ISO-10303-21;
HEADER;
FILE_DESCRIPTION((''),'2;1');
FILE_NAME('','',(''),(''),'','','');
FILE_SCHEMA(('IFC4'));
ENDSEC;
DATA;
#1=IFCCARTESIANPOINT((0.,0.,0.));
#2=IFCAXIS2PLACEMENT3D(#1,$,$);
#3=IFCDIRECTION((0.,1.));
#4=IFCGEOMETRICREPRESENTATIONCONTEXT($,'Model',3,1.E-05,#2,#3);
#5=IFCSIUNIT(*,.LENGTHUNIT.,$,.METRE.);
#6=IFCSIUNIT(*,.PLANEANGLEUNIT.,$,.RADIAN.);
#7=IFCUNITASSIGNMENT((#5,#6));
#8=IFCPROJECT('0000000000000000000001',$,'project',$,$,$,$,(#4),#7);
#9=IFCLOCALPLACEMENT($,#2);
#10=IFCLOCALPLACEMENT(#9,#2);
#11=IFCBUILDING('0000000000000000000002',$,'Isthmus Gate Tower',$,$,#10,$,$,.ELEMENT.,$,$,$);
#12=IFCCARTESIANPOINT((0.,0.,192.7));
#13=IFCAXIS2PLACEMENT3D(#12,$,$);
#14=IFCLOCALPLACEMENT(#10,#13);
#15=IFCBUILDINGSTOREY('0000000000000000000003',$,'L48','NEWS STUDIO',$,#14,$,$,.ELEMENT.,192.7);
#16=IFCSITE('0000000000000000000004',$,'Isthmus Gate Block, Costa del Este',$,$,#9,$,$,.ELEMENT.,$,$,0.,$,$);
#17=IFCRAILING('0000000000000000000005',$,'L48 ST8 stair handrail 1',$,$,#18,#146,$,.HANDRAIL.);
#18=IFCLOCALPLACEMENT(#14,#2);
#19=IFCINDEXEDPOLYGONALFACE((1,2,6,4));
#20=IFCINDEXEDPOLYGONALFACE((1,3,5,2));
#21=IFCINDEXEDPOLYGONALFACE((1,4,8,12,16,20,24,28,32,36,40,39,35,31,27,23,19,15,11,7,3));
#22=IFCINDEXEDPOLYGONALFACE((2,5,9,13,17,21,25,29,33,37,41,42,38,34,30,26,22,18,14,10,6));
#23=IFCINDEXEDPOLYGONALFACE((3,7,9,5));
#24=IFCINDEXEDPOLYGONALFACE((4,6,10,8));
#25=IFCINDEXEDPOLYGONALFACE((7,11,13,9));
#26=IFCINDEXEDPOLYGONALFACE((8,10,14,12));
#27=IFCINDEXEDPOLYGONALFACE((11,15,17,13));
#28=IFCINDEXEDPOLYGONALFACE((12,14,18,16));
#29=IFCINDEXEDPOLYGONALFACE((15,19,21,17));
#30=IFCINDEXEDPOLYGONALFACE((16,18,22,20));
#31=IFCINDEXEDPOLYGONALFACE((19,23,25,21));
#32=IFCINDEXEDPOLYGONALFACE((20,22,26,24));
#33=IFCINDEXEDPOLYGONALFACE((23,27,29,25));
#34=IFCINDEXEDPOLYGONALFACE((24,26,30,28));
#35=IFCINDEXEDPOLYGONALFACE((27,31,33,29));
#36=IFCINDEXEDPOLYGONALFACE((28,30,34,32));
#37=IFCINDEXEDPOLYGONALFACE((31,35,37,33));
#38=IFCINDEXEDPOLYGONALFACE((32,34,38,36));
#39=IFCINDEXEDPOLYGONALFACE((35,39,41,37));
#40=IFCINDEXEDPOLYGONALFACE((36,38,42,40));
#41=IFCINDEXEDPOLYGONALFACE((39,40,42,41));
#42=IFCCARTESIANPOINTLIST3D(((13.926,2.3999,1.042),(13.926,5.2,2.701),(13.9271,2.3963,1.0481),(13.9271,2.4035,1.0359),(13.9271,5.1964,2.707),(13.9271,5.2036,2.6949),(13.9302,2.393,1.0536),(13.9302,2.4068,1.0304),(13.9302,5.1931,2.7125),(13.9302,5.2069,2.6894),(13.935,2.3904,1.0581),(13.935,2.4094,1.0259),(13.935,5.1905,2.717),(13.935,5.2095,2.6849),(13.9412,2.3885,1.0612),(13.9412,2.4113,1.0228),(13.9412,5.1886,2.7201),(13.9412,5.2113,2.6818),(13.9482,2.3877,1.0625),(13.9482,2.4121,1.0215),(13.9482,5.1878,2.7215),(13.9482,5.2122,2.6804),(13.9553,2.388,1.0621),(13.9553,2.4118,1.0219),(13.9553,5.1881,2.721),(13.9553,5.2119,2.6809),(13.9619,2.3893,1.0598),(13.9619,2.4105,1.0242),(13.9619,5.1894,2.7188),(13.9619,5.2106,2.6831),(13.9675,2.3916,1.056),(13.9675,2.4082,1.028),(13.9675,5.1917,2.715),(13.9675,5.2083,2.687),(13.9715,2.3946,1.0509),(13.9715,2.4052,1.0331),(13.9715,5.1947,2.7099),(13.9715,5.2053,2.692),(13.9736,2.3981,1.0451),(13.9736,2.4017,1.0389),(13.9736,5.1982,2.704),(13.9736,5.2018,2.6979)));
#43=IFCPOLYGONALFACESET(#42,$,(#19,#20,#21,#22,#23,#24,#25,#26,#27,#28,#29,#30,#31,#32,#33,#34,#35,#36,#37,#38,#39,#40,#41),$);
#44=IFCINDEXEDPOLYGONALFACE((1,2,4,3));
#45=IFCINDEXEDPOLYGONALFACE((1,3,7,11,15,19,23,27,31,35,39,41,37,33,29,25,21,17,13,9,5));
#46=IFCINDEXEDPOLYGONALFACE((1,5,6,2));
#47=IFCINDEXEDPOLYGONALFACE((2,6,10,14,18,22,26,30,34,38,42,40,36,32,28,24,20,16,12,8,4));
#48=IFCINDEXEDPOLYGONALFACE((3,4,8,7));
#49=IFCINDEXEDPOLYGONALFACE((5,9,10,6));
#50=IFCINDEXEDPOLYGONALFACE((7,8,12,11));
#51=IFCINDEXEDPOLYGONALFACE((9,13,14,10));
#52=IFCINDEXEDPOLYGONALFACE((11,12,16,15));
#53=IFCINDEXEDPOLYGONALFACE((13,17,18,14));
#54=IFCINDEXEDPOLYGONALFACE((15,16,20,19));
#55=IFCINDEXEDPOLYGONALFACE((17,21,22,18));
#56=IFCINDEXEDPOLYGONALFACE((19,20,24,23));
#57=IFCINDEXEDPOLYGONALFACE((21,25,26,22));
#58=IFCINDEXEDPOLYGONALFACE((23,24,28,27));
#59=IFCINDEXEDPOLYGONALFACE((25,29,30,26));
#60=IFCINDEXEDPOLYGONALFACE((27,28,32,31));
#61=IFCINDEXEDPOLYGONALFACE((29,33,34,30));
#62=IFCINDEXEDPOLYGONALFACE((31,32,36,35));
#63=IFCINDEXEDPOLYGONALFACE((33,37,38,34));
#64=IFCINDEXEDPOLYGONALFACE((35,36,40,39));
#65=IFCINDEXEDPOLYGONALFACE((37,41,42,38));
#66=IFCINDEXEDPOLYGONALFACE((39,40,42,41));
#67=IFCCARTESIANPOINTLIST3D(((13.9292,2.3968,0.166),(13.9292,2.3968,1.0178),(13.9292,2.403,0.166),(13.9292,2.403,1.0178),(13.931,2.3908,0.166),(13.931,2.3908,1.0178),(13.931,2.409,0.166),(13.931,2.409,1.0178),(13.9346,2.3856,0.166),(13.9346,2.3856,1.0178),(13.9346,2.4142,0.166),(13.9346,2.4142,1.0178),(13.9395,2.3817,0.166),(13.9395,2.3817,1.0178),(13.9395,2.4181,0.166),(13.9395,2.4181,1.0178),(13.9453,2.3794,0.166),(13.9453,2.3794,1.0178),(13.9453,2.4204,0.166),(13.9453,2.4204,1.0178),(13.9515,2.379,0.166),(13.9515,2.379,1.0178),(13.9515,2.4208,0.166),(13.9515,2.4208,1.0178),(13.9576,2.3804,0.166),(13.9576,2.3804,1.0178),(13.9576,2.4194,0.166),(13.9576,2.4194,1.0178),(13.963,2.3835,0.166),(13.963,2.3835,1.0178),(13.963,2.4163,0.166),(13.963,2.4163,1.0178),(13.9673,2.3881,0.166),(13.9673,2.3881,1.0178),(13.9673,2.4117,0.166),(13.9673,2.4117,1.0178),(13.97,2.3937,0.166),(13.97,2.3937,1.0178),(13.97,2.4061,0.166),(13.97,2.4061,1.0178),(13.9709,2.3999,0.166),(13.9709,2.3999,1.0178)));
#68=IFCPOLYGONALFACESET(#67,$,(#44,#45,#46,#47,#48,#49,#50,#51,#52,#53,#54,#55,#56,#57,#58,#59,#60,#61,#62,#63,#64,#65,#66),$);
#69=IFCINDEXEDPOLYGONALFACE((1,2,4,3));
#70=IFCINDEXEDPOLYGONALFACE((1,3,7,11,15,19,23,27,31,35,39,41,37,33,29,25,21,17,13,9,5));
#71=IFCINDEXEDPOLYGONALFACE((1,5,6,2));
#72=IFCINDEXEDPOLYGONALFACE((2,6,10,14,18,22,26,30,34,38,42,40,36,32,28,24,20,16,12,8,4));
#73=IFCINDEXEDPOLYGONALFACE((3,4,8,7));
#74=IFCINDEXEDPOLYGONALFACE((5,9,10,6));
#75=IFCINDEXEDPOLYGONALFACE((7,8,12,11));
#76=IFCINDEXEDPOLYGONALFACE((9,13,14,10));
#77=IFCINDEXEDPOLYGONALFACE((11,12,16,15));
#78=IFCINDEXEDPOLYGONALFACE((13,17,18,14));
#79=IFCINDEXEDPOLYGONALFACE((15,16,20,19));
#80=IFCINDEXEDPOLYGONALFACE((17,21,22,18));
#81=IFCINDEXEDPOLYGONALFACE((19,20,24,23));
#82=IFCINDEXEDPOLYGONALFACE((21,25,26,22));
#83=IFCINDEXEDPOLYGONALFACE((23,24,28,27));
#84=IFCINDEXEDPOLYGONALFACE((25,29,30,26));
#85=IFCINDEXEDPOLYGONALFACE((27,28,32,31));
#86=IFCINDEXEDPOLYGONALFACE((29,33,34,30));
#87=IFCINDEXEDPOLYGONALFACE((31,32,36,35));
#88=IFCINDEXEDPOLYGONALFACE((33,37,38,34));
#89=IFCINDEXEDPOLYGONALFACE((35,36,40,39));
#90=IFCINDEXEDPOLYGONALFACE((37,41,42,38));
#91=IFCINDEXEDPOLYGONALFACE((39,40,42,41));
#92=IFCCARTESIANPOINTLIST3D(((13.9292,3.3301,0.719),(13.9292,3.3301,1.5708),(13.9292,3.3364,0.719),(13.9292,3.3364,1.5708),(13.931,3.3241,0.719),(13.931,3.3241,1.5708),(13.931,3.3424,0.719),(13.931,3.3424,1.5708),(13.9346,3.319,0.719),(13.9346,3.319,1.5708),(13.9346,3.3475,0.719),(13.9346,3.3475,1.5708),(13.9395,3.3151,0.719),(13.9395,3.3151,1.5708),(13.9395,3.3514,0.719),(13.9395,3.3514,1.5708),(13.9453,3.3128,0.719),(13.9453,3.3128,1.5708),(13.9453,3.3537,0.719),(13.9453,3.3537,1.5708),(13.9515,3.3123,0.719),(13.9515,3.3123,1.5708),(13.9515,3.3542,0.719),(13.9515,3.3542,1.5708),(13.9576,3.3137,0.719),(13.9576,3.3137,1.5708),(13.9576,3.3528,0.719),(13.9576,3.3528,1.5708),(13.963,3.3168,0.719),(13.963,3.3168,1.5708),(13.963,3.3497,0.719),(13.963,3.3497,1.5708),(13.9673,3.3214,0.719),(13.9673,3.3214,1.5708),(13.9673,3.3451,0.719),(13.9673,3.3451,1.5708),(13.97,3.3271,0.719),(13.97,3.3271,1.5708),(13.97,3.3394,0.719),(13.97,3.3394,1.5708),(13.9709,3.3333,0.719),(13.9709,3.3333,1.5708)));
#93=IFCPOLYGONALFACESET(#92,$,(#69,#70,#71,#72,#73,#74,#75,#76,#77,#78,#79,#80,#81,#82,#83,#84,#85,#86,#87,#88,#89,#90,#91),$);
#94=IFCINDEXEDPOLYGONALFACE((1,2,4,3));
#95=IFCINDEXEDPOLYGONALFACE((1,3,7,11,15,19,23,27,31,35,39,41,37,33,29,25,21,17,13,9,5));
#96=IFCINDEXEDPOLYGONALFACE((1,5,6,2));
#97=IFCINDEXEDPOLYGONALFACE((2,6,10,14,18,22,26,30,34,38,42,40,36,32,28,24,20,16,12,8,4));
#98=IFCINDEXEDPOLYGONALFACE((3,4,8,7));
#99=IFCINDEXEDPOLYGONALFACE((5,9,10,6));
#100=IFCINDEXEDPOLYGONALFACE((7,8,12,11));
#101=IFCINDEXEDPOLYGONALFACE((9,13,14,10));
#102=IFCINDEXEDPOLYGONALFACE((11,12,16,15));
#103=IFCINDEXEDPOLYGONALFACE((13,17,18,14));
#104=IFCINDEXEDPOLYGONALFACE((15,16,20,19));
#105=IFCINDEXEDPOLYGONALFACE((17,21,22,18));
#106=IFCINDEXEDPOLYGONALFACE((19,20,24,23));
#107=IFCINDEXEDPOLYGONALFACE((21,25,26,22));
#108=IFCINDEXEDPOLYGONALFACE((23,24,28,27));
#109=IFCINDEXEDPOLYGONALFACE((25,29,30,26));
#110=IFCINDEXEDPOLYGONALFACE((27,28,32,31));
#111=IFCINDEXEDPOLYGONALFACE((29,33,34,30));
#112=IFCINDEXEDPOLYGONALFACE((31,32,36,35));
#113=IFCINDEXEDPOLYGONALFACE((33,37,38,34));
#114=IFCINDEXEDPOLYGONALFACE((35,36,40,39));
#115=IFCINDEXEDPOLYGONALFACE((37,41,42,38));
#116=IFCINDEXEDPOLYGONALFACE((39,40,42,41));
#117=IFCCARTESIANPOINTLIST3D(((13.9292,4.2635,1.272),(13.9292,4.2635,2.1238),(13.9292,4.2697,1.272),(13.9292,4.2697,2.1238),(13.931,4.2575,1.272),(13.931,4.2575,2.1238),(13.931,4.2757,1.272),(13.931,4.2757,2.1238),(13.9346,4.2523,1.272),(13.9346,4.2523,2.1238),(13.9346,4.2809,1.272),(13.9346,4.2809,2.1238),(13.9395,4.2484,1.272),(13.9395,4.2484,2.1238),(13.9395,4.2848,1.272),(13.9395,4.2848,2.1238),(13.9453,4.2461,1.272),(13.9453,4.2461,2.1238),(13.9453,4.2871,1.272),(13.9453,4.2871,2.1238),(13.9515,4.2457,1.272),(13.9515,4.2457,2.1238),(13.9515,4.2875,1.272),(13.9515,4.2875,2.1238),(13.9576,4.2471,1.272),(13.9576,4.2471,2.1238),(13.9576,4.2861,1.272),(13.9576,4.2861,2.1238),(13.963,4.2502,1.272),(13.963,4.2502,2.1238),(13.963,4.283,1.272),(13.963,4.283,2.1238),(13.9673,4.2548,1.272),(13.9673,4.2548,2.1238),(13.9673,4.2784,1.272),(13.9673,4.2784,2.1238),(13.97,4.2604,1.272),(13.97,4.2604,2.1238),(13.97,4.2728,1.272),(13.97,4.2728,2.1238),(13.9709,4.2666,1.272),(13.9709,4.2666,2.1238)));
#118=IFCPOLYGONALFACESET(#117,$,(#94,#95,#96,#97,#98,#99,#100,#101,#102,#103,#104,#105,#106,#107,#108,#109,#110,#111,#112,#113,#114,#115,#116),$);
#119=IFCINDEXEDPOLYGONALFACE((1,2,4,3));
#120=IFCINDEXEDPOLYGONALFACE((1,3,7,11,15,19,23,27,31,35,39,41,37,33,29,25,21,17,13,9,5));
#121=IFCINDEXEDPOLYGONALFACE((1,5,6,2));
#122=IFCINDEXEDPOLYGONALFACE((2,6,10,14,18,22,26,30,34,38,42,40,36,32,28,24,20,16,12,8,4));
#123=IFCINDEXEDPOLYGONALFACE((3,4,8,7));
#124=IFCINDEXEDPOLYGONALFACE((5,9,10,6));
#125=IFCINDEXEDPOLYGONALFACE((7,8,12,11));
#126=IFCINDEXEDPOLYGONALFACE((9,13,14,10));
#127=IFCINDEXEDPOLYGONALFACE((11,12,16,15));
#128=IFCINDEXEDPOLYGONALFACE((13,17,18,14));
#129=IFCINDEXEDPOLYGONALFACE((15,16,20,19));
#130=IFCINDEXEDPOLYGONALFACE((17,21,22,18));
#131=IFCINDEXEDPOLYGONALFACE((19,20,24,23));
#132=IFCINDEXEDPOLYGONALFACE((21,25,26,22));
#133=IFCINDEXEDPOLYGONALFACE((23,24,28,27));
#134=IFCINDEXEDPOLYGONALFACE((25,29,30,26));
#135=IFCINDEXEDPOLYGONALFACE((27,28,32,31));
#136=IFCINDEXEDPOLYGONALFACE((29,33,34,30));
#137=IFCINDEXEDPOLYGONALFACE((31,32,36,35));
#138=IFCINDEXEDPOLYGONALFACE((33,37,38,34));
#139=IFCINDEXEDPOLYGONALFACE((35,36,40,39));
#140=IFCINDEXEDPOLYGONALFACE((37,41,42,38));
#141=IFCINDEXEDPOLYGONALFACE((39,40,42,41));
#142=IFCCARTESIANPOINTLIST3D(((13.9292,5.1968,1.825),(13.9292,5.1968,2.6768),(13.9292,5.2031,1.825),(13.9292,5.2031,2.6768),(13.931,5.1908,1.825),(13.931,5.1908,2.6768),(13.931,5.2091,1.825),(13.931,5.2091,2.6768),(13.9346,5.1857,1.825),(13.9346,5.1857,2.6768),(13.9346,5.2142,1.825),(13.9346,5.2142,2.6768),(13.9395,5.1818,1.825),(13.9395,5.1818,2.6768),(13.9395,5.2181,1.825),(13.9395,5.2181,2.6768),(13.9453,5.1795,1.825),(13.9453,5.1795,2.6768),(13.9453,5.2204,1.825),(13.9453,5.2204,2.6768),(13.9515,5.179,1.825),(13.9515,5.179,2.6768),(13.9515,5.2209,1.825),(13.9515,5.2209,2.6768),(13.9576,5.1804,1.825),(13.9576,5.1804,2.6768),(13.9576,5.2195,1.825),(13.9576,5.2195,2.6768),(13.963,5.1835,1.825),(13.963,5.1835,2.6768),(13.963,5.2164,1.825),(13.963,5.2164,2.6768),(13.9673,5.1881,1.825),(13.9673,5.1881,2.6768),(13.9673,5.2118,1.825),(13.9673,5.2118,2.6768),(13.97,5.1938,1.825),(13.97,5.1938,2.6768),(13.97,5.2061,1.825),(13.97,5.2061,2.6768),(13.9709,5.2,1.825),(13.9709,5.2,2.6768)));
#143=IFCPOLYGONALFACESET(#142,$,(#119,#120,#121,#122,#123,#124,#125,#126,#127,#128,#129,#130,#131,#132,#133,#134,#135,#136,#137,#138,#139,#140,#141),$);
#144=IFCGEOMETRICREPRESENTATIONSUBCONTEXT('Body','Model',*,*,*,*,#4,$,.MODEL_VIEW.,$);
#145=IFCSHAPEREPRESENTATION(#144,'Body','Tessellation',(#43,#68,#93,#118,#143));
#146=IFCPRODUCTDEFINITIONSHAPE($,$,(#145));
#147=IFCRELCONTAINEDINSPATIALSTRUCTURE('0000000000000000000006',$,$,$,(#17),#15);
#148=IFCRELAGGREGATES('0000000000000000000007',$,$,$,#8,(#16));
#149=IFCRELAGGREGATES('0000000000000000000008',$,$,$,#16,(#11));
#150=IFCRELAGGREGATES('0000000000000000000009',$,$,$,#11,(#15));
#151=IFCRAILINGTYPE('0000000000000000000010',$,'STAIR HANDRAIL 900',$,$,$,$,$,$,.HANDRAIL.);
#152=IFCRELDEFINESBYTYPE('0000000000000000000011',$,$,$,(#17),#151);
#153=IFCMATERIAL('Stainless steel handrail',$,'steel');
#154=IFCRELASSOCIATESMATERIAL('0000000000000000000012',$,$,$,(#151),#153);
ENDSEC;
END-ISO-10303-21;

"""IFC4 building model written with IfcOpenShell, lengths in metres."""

from ifc_helpers import new_model, si_unit, direction, frame, origin, origin_2d, place, context, subcontext, project, spatial, circle, extrude, material, type_object, element, save


model = new_model("IFC4")

# Units and contexts
model_context = context("Model", 3, precision=1e-05, world=origin(), true_north=direction((0.0, 1.0)))
body_context = subcontext(model_context, "Body", "Model", "MODEL_VIEW")
ifc_project = project(units=[si_unit("LENGTHUNIT", "METRE"), si_unit("PLANEANGLEUNIT", "RADIAN")], contexts=[model_context])

# Site, building, storey
site_placement = place(None, origin())
site = spatial("IfcSite", under=ifc_project, at=site_placement, Name="Isthmus Gate Block, Costa del Este", CompositionType="ELEMENT", RefElevation=0.0)
building_placement = place(site_placement, origin())
building = spatial("IfcBuilding", under=site, at=building_placement, Name="Isthmus Gate Tower", CompositionType="ELEMENT")
storey_placement = place(building_placement, frame((0.0, 0.0, 192.7)))
storey = spatial("IfcBuildingStorey", under=building, at=storey_placement, Name="L48", Description="NEWS STUDIO", CompositionType="ELEMENT", Elevation=192.7)

# Railing
ifc_material_1 = material(Name="Stainless steel handrail", Category="steel")
railing_type_1 = type_object("IfcRailingType", Name="STAIR HANDRAIL 900", PredefinedType="HANDRAIL", material=ifc_material_1)
railing_1_placement = place(storey_placement, frame((13.95, 2.3999, 0.166)))
element("IfcRailing", 1, at=railing_1_placement, inside=storey, type_object=railing_type_1, Name="L48 ST8 stair handrail 1", PredefinedType="HANDRAIL", context=body_context, shape_type="SweptSolid", body=[
    extrude(circle(Radius=0.0239, at=origin_2d()), frame((0.0, 0.0, 0.876), z_axis=(0.0, 0.860339, 0.509722), x_axis=(-1.0, 0.0, 0.0)), (0.0, 0.0, 1.0), 3.2546),
    extrude(circle(Radius=0.021, at=origin_2d()), origin(), (0.0, 0.0, 1.0), 0.8518),
    extrude(circle(Radius=0.021, at=origin_2d()), frame((0.0, 0.9333, 0.553)), (0.0, 0.0, 1.0), 0.8518),
    extrude(circle(Radius=0.021, at=origin_2d()), frame((0.0, 1.8667, 1.106)), (0.0, 0.0, 1.0), 0.8518),
    extrude(circle(Radius=0.021, at=origin_2d()), frame((0.0, 2.8, 1.6589)), (0.0, 0.0, 1.0), 0.8518),
])

save(model, "model.ifc")
